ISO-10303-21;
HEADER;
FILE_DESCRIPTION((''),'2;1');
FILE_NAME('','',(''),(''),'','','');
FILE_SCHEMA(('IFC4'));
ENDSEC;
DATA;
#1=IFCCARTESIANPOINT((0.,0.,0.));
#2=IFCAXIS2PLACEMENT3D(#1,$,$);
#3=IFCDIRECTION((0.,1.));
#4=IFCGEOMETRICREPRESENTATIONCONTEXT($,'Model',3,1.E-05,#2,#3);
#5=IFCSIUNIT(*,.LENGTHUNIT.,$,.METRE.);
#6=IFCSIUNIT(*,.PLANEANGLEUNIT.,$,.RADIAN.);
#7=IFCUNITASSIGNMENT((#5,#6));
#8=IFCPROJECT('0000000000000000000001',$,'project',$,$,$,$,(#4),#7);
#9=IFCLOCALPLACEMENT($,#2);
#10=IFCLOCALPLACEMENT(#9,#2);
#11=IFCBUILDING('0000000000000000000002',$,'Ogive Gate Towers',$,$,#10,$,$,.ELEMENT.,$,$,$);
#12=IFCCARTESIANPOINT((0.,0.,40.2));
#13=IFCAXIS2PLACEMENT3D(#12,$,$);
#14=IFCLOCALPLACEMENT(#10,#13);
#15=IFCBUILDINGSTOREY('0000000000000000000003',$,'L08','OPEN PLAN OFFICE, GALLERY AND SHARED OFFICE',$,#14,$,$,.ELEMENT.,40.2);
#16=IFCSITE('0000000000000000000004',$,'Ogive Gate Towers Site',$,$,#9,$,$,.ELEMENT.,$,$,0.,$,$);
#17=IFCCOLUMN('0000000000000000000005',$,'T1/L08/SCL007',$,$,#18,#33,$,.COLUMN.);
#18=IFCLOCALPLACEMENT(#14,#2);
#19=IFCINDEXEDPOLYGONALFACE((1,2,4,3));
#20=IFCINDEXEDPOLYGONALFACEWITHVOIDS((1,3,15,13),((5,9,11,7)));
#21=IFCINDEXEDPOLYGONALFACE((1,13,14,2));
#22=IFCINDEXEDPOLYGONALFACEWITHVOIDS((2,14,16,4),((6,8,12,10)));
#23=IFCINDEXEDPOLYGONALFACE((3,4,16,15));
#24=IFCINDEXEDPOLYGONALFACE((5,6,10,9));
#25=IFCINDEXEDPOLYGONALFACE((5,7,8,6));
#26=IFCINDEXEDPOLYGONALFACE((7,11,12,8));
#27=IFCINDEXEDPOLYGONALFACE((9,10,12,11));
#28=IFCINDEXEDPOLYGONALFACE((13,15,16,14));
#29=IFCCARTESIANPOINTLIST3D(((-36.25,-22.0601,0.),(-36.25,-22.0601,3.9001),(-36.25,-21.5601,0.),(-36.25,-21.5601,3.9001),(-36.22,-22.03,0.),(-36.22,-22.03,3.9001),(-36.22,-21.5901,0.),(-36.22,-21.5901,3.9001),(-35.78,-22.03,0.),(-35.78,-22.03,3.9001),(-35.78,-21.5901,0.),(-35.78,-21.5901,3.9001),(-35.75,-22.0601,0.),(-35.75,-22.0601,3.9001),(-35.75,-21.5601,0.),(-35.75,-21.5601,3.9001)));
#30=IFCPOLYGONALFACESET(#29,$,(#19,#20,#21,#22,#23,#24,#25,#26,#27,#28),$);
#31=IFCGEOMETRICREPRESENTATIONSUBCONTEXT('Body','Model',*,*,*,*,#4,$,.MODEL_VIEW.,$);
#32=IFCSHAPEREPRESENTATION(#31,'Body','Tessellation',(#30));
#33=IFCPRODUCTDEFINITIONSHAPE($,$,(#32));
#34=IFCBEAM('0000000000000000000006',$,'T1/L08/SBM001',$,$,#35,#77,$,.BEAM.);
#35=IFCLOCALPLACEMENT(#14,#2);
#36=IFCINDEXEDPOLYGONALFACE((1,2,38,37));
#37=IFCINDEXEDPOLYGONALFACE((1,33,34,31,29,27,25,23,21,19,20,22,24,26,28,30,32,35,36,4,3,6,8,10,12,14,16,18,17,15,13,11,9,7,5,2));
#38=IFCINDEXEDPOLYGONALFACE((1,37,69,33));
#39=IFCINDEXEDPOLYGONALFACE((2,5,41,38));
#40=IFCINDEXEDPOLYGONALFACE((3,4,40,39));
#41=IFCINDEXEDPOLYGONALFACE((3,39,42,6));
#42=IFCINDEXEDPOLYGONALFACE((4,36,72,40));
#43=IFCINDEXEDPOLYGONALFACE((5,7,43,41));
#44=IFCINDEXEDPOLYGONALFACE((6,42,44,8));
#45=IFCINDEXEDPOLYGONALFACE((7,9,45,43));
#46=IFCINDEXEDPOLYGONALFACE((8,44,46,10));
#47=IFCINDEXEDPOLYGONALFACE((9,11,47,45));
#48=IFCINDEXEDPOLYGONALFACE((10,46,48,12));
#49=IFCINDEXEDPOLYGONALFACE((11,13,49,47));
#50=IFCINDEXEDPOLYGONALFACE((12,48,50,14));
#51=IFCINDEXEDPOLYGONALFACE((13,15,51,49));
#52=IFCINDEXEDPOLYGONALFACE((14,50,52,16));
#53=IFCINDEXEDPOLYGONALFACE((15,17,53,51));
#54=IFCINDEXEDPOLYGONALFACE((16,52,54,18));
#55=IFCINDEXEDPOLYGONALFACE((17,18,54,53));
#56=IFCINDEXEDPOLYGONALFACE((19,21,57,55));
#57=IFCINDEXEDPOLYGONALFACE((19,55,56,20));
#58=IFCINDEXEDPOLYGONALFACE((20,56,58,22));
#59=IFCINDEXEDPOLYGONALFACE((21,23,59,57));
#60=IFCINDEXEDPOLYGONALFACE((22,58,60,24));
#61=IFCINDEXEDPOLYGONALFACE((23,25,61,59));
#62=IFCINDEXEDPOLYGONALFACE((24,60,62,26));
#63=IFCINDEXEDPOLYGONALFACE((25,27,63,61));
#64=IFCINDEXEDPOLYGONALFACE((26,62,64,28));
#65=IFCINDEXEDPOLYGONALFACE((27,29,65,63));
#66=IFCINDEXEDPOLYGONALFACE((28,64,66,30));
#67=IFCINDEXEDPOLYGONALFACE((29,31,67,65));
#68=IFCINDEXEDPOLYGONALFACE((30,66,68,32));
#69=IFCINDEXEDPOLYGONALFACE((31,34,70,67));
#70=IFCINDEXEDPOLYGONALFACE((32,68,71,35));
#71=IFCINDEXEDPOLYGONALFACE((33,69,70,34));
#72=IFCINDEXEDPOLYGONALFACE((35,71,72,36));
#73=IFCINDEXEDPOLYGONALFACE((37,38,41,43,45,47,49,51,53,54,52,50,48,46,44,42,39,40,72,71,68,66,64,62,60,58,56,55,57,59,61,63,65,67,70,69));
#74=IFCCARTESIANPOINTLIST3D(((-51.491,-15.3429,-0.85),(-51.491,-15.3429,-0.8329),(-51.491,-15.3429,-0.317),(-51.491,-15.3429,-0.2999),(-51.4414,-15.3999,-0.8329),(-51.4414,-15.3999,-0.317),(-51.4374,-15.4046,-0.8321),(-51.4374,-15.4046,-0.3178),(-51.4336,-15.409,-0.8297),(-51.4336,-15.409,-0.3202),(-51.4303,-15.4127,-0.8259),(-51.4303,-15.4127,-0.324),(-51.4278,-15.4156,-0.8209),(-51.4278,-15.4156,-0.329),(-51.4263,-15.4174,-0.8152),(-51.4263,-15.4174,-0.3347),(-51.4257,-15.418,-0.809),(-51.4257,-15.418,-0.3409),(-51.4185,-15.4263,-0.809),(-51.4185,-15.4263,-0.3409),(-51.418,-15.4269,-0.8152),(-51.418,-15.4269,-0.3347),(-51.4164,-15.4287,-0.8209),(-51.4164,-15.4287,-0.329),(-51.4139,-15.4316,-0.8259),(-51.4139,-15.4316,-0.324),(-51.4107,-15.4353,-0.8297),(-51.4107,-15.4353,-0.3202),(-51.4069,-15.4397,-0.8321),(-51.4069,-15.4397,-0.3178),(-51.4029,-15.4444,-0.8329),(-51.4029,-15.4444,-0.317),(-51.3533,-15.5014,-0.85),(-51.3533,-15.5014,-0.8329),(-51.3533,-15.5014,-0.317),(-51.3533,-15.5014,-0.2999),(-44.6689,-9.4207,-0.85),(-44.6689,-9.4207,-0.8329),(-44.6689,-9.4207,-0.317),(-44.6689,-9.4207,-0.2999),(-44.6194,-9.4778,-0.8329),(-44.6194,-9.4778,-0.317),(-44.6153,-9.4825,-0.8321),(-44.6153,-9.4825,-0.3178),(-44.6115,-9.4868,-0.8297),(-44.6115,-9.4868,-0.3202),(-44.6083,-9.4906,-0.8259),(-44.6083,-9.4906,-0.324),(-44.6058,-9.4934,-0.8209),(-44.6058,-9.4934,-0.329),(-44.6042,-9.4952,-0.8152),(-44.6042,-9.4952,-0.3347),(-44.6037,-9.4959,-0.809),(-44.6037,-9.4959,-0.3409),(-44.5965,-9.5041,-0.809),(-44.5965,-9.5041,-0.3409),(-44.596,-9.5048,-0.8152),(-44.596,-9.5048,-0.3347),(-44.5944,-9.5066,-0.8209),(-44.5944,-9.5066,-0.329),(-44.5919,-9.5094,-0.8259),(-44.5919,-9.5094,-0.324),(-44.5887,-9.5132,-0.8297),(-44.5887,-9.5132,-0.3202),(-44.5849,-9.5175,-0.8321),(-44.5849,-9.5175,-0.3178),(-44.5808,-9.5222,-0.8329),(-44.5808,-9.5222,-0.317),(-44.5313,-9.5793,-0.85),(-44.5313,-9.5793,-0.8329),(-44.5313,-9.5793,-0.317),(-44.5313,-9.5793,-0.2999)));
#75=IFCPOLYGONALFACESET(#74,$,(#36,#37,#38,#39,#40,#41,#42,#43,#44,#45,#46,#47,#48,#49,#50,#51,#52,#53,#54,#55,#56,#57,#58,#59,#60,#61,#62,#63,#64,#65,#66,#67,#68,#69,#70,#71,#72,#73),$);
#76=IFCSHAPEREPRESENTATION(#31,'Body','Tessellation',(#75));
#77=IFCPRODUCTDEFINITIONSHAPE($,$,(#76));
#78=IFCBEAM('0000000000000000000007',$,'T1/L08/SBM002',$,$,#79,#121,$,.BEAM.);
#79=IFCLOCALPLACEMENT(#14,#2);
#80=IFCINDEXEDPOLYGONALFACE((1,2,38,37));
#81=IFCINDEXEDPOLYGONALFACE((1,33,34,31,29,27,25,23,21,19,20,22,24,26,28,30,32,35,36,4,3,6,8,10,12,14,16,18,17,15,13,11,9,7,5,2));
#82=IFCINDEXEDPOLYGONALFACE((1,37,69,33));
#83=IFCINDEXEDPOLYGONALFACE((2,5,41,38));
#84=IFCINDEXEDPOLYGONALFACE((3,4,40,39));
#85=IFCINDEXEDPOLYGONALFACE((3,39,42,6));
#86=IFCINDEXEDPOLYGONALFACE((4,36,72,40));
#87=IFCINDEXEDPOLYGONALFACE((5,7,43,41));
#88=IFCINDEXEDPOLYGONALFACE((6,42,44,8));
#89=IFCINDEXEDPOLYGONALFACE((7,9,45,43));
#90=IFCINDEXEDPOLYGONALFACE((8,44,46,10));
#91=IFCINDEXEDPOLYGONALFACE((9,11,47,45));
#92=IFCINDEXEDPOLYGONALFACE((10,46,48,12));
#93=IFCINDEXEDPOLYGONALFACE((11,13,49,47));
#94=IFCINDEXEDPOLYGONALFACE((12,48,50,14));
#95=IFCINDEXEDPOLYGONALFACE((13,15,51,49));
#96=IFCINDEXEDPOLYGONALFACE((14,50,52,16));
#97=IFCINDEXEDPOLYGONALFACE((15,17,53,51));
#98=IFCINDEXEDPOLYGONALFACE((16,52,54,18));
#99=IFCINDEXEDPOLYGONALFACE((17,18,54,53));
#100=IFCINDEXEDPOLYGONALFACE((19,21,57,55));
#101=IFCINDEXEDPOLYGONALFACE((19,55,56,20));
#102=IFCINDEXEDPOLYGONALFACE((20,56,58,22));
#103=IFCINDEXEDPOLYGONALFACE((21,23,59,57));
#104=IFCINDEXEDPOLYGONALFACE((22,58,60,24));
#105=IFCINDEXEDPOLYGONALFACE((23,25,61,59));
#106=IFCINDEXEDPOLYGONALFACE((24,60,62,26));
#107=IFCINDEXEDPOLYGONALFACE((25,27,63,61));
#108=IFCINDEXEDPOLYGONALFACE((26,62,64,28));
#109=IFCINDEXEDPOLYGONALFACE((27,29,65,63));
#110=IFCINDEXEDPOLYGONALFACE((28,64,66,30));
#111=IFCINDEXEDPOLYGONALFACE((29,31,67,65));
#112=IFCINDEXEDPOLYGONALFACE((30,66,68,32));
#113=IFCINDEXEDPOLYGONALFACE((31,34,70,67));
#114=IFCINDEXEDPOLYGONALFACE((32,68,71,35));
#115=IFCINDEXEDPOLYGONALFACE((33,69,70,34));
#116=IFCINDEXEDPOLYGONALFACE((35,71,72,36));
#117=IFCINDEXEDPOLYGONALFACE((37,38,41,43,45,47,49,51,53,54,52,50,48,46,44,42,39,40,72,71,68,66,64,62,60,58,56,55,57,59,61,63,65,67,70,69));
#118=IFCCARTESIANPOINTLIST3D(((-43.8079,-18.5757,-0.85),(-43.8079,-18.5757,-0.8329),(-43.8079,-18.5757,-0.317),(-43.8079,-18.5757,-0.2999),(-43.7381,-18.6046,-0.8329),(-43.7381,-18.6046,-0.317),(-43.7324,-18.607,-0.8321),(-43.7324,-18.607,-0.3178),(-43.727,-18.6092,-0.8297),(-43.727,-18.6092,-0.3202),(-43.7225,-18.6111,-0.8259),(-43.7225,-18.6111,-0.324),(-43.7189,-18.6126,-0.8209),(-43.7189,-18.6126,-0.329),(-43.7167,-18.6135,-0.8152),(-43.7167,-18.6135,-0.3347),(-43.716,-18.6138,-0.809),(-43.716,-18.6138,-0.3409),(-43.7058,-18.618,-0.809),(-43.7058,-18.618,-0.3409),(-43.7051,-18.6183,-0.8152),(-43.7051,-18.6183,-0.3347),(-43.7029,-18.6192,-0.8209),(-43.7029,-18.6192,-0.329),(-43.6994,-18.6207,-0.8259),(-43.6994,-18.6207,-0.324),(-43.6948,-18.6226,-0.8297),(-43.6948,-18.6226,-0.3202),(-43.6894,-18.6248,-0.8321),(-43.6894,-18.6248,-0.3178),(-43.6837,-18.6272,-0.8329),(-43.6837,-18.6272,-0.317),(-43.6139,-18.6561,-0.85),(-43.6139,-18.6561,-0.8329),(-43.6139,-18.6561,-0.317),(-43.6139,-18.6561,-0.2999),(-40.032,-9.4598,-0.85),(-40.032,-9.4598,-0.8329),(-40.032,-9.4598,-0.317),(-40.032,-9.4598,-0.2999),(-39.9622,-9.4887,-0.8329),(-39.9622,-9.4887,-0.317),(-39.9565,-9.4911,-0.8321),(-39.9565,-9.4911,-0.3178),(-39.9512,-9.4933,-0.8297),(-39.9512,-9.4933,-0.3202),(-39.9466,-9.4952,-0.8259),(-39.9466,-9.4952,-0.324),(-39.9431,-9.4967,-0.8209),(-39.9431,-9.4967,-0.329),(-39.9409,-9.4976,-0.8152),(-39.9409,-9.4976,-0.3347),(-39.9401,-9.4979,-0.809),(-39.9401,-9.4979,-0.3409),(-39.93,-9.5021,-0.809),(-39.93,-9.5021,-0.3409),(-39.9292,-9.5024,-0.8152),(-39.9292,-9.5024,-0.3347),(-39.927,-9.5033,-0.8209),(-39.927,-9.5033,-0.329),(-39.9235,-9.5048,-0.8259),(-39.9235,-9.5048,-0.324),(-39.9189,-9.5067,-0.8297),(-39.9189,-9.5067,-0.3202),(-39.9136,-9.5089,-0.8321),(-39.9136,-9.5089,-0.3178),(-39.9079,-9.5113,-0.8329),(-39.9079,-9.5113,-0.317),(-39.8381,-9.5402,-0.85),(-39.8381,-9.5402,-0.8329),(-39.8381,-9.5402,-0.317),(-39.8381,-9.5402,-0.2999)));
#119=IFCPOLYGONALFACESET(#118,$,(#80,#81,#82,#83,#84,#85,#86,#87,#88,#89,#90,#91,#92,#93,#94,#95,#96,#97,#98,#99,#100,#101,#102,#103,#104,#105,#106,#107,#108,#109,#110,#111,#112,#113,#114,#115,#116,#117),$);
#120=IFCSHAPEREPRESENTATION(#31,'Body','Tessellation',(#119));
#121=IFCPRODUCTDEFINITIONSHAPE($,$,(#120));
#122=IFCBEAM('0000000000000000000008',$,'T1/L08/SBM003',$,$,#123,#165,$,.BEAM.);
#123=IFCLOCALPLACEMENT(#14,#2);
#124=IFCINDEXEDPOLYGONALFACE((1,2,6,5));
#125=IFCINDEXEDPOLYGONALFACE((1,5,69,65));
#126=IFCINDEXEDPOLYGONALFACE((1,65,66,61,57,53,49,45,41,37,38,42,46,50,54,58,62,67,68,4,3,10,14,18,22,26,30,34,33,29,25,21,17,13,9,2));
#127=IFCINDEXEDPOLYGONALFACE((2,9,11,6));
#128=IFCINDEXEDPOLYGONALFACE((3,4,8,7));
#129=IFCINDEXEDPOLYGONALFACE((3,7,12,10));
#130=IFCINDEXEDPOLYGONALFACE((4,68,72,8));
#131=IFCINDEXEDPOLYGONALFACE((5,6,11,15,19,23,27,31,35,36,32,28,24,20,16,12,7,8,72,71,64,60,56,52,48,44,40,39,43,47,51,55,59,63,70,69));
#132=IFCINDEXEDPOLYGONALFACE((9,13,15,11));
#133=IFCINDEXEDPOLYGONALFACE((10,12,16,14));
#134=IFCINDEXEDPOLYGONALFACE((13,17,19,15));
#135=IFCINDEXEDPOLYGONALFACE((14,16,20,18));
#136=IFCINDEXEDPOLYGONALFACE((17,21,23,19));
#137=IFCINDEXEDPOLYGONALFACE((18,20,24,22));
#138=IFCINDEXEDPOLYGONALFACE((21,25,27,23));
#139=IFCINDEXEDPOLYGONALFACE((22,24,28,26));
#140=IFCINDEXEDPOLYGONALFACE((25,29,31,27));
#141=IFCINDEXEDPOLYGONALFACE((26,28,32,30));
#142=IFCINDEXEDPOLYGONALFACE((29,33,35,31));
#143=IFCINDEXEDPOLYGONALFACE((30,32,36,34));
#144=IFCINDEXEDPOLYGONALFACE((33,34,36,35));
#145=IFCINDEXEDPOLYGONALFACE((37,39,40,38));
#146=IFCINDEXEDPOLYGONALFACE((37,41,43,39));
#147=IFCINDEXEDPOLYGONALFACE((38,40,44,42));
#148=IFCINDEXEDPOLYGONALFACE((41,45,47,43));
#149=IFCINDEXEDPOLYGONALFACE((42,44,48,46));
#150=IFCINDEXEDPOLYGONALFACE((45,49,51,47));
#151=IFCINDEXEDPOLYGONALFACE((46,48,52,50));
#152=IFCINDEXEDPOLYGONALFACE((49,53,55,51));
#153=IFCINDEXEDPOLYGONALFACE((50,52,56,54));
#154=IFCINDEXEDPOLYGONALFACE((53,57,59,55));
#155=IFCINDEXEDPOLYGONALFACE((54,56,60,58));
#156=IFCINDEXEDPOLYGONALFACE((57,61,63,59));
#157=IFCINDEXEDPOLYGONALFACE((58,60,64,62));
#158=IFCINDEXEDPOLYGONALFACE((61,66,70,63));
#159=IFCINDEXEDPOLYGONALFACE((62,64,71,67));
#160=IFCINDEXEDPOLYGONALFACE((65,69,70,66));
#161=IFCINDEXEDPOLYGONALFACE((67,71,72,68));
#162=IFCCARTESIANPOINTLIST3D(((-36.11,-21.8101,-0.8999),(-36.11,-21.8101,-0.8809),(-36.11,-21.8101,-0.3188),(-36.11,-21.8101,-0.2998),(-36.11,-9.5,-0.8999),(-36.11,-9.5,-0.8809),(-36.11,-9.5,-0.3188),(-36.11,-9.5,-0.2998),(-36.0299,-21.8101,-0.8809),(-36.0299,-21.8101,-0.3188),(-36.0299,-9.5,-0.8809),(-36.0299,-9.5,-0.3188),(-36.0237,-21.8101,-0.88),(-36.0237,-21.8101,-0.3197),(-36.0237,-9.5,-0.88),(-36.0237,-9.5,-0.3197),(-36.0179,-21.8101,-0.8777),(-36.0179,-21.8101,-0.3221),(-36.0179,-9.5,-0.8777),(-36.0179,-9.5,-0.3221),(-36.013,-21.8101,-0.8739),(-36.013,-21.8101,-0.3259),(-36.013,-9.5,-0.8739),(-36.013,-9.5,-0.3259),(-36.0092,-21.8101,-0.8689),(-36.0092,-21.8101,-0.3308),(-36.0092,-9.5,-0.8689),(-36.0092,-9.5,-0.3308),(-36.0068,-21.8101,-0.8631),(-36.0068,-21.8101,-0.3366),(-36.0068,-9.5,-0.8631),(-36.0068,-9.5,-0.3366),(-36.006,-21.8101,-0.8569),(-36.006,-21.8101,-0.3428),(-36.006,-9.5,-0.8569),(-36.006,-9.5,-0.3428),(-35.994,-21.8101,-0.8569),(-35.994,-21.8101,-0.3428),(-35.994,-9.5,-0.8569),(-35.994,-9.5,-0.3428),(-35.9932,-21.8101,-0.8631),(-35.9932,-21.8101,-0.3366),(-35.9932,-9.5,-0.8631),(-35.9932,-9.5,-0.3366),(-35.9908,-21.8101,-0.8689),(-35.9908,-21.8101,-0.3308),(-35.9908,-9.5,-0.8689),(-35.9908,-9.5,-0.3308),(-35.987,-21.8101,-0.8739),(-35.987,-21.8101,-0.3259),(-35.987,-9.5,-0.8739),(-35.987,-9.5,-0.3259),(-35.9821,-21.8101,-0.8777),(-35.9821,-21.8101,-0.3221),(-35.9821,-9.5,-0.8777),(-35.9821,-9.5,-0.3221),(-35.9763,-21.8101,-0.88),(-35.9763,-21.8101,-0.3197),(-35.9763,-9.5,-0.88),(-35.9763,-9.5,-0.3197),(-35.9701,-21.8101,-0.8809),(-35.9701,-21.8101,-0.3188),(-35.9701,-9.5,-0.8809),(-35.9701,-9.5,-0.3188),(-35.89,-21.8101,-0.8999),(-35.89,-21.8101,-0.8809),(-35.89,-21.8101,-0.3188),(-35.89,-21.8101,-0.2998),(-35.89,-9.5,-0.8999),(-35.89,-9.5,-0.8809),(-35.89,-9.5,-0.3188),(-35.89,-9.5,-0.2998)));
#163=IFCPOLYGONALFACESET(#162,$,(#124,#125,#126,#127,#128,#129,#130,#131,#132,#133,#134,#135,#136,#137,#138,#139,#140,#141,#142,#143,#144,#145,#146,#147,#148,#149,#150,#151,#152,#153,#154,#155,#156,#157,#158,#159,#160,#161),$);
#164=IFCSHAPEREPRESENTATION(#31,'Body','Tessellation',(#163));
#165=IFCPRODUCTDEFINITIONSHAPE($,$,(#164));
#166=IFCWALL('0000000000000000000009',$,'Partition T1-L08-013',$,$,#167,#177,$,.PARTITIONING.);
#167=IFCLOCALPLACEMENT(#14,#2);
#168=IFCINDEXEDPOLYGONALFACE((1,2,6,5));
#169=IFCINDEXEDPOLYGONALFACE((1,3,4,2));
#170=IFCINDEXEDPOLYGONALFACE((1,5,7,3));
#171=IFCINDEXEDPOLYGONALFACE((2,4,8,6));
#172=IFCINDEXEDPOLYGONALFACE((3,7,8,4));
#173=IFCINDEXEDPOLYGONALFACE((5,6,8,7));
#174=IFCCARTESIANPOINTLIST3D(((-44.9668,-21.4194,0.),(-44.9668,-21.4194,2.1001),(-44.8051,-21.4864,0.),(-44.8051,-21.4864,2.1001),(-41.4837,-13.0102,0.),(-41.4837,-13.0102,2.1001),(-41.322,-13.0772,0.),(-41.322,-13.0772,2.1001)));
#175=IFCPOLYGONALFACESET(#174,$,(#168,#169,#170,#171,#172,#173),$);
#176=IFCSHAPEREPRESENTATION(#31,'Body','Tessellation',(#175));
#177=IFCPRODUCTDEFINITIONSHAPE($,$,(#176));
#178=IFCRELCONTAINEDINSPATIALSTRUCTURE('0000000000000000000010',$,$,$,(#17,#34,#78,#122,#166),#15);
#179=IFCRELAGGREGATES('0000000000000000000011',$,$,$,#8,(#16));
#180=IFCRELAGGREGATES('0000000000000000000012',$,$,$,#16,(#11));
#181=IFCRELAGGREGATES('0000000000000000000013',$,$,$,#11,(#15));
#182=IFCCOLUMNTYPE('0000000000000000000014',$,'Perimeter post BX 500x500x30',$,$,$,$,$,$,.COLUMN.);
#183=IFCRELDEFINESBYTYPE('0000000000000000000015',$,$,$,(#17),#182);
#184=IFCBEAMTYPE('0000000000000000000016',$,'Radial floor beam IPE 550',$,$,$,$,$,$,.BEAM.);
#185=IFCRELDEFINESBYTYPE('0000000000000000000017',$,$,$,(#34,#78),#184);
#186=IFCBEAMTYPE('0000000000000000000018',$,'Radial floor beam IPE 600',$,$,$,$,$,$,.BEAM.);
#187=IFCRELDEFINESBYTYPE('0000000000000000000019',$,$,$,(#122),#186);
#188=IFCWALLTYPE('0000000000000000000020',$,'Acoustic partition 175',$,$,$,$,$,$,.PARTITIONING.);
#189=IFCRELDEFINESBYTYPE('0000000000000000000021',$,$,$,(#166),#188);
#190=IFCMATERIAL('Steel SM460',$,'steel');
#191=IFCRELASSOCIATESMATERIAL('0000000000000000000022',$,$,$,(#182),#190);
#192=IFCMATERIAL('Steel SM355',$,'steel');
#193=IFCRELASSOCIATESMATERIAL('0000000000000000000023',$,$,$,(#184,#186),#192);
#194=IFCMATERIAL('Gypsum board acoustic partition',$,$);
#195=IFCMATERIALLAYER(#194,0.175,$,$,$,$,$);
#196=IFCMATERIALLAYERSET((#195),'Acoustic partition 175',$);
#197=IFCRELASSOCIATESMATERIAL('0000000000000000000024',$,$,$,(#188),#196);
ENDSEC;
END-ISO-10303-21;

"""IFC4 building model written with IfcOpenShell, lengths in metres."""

from ifc_helpers import new_model, si_unit, direction, frame, frame_2d, origin, origin_2d, place, context, subcontext, project, spatial, rectangle, hollow_rectangle, i_section, extrude, material, layer, layer_set, material_profile, profile_set, type_object, element, save


model = new_model("IFC4")

# Units and contexts
model_context = context("Model", 3, precision=1e-05, world=origin(), true_north=direction((0.0, 1.0)))
body_context = subcontext(model_context, "Body", "Model", "MODEL_VIEW")
ifc_project = project(units=[si_unit("LENGTHUNIT", "METRE"), si_unit("PLANEANGLEUNIT", "RADIAN")], contexts=[model_context])

# Site, building, storey
site_placement = place(None, origin())
site = spatial("IfcSite", under=ifc_project, at=site_placement, Name="Ogive Gate Towers Site", CompositionType="ELEMENT", RefElevation=0.0)
building_placement = place(site_placement, origin())
building = spatial("IfcBuilding", under=site, at=building_placement, Name="Ogive Gate Towers", CompositionType="ELEMENT")
storey_placement = place(building_placement, frame((0.0, 0.0, 40.2)))
storey = spatial("IfcBuildingStorey", under=building, at=storey_placement, Name="L08", Description="OPEN PLAN OFFICE, GALLERY AND SHARED OFFICE", CompositionType="ELEMENT", Elevation=40.2)

# Column
ifc_material_1 = material(Name="Steel SM460", Category="steel")
ifc_material_profile_1 = material_profile(ifc_material_1, hollow_rectangle(XDim=0.5, YDim=0.5, WallThickness=0.03, at=origin_2d()), Name="BX 500x500x30")
ifc_profile_set_1 = profile_set([ifc_material_profile_1], Name="Steel SM460")
column_type = type_object("IfcColumnType", Name="Perimeter post BX 500x500x30", PredefinedType="COLUMN", material=ifc_profile_set_1)
column_placement = place(storey_placement, frame((-36.0, -21.8101, 0.0), z_axis=(0.0, 0.0, 1.0), x_axis=(1.0, 0.0, 0.0)))
element("IfcColumn", 1, at=column_placement, inside=storey, type_object=column_type, Name="T1/L08/SCL007", PredefinedType="COLUMN", context=body_context, shape_type="SweptSolid", body=[
    extrude(hollow_rectangle(XDim=0.5, YDim=0.5, WallThickness=0.03, at=origin_2d()), origin(), (0.0, 0.0, 1.0), 3.9001),
])

# Beams
ifc_material_2 = material(Name="Steel SM355", Category="steel")
ifc_material_profile_2 = material_profile(ifc_material_2, i_section(OverallWidth=0.21, OverallDepth=0.55, WebThickness=0.011, FlangeThickness=0.0171, FilletRadius=0.0239, at=origin_2d()), Name="IPE 550")
ifc_profile_set_2 = profile_set([ifc_material_profile_2], Name="Steel SM355")
beam_type_1 = type_object("IfcBeamType", Name="Radial floor beam IPE 550", PredefinedType="BEAM", material=ifc_profile_set_2)
beam_1_placement = place(storey_placement, frame((-44.6001, -9.5, -0.575), z_axis=(-0.755157, -0.655544, 0.0), x_axis=(0.655544, -0.755157, 0.0)))
element("IfcBeam", 2, at=beam_1_placement, inside=storey, type_object=beam_type_1, Name="T1/L08/SBM001", PredefinedType="BEAM", context=body_context, shape_type="SweptSolid", body=[
    extrude(i_section(OverallWidth=0.21, OverallDepth=0.55, WebThickness=0.011, FlangeThickness=0.0171, FilletRadius=0.0239, at=origin_2d()), origin(), (0.0, 0.0, 1.0), 9.0339),
])
beam_2_placement = place(storey_placement, frame((-39.9351, -9.5, -0.575), z_axis=(-0.382677, -0.923882, 0.0), x_axis=(0.923882, -0.382677, 0.0)))
element("IfcBeam", 3, at=beam_2_placement, inside=storey, type_object=beam_type_1, Name="T1/L08/SBM002", PredefinedType="BEAM", context=body_context, shape_type="SweptSolid", body=[
    extrude(i_section(OverallWidth=0.21, OverallDepth=0.55, WebThickness=0.011, FlangeThickness=0.0171, FilletRadius=0.0239, at=origin_2d()), origin(), (0.0, 0.0, 1.0), 9.8669),
])
ifc_material_profile_3 = material_profile(ifc_material_2, i_section(OverallWidth=0.22, OverallDepth=0.6001, WebThickness=0.012, FlangeThickness=0.019, FilletRadius=0.0239, at=origin_2d()), Name="IPE 600")
ifc_profile_set_3 = profile_set([ifc_material_profile_3], Name="Steel SM355")
beam_type_2 = type_object("IfcBeamType", Name="Radial floor beam IPE 600", PredefinedType="BEAM", material=ifc_profile_set_3)
beam_3_placement = place(storey_placement, frame((-36.0, -9.5, -0.5999), z_axis=(0.0, -1.0, 0.0), x_axis=(1.0, 0.0, 0.0)))
element("IfcBeam", 4, at=beam_3_placement, inside=storey, type_object=beam_type_2, Name="T1/L08/SBM003", PredefinedType="BEAM", context=body_context, shape_type="SweptSolid", body=[
    extrude(i_section(OverallWidth=0.22, OverallDepth=0.6001, WebThickness=0.012, FlangeThickness=0.019, FilletRadius=0.0239, at=origin_2d()), origin(), (0.0, 0.0, 1.0), 12.3101),
])

# Wall
ifc_material_3 = material(Name="Gypsum board acoustic partition")
ifc_layer_1 = layer(ifc_material_3, 0.175)
ifc_layer_set_1 = layer_set([ifc_layer_1], Name="Acoustic partition 175")
wall_type_1 = type_object("IfcWallType", Name="Acoustic partition 175", PredefinedType="PARTITIONING", material=ifc_layer_set_1)
wall_1_placement = place(storey_placement, frame((-44.886, -21.4529, 0.0), z_axis=(0.0, 0.0, 1.0), x_axis=(0.382679, 0.923881, 0.0)))
element("IfcWall", 5, at=wall_1_placement, inside=storey, type_object=wall_type_1, Name="Partition T1-L08-013", PredefinedType="PARTITIONING", context=body_context, shape_type="SweptSolid", body=[
    extrude(rectangle(XDim=9.1021, YDim=0.175, at=frame_2d((4.551, 0.0))), origin(), (0.0, 0.0, 1.0), 2.1001),
])

save(model, "model.ifc")
